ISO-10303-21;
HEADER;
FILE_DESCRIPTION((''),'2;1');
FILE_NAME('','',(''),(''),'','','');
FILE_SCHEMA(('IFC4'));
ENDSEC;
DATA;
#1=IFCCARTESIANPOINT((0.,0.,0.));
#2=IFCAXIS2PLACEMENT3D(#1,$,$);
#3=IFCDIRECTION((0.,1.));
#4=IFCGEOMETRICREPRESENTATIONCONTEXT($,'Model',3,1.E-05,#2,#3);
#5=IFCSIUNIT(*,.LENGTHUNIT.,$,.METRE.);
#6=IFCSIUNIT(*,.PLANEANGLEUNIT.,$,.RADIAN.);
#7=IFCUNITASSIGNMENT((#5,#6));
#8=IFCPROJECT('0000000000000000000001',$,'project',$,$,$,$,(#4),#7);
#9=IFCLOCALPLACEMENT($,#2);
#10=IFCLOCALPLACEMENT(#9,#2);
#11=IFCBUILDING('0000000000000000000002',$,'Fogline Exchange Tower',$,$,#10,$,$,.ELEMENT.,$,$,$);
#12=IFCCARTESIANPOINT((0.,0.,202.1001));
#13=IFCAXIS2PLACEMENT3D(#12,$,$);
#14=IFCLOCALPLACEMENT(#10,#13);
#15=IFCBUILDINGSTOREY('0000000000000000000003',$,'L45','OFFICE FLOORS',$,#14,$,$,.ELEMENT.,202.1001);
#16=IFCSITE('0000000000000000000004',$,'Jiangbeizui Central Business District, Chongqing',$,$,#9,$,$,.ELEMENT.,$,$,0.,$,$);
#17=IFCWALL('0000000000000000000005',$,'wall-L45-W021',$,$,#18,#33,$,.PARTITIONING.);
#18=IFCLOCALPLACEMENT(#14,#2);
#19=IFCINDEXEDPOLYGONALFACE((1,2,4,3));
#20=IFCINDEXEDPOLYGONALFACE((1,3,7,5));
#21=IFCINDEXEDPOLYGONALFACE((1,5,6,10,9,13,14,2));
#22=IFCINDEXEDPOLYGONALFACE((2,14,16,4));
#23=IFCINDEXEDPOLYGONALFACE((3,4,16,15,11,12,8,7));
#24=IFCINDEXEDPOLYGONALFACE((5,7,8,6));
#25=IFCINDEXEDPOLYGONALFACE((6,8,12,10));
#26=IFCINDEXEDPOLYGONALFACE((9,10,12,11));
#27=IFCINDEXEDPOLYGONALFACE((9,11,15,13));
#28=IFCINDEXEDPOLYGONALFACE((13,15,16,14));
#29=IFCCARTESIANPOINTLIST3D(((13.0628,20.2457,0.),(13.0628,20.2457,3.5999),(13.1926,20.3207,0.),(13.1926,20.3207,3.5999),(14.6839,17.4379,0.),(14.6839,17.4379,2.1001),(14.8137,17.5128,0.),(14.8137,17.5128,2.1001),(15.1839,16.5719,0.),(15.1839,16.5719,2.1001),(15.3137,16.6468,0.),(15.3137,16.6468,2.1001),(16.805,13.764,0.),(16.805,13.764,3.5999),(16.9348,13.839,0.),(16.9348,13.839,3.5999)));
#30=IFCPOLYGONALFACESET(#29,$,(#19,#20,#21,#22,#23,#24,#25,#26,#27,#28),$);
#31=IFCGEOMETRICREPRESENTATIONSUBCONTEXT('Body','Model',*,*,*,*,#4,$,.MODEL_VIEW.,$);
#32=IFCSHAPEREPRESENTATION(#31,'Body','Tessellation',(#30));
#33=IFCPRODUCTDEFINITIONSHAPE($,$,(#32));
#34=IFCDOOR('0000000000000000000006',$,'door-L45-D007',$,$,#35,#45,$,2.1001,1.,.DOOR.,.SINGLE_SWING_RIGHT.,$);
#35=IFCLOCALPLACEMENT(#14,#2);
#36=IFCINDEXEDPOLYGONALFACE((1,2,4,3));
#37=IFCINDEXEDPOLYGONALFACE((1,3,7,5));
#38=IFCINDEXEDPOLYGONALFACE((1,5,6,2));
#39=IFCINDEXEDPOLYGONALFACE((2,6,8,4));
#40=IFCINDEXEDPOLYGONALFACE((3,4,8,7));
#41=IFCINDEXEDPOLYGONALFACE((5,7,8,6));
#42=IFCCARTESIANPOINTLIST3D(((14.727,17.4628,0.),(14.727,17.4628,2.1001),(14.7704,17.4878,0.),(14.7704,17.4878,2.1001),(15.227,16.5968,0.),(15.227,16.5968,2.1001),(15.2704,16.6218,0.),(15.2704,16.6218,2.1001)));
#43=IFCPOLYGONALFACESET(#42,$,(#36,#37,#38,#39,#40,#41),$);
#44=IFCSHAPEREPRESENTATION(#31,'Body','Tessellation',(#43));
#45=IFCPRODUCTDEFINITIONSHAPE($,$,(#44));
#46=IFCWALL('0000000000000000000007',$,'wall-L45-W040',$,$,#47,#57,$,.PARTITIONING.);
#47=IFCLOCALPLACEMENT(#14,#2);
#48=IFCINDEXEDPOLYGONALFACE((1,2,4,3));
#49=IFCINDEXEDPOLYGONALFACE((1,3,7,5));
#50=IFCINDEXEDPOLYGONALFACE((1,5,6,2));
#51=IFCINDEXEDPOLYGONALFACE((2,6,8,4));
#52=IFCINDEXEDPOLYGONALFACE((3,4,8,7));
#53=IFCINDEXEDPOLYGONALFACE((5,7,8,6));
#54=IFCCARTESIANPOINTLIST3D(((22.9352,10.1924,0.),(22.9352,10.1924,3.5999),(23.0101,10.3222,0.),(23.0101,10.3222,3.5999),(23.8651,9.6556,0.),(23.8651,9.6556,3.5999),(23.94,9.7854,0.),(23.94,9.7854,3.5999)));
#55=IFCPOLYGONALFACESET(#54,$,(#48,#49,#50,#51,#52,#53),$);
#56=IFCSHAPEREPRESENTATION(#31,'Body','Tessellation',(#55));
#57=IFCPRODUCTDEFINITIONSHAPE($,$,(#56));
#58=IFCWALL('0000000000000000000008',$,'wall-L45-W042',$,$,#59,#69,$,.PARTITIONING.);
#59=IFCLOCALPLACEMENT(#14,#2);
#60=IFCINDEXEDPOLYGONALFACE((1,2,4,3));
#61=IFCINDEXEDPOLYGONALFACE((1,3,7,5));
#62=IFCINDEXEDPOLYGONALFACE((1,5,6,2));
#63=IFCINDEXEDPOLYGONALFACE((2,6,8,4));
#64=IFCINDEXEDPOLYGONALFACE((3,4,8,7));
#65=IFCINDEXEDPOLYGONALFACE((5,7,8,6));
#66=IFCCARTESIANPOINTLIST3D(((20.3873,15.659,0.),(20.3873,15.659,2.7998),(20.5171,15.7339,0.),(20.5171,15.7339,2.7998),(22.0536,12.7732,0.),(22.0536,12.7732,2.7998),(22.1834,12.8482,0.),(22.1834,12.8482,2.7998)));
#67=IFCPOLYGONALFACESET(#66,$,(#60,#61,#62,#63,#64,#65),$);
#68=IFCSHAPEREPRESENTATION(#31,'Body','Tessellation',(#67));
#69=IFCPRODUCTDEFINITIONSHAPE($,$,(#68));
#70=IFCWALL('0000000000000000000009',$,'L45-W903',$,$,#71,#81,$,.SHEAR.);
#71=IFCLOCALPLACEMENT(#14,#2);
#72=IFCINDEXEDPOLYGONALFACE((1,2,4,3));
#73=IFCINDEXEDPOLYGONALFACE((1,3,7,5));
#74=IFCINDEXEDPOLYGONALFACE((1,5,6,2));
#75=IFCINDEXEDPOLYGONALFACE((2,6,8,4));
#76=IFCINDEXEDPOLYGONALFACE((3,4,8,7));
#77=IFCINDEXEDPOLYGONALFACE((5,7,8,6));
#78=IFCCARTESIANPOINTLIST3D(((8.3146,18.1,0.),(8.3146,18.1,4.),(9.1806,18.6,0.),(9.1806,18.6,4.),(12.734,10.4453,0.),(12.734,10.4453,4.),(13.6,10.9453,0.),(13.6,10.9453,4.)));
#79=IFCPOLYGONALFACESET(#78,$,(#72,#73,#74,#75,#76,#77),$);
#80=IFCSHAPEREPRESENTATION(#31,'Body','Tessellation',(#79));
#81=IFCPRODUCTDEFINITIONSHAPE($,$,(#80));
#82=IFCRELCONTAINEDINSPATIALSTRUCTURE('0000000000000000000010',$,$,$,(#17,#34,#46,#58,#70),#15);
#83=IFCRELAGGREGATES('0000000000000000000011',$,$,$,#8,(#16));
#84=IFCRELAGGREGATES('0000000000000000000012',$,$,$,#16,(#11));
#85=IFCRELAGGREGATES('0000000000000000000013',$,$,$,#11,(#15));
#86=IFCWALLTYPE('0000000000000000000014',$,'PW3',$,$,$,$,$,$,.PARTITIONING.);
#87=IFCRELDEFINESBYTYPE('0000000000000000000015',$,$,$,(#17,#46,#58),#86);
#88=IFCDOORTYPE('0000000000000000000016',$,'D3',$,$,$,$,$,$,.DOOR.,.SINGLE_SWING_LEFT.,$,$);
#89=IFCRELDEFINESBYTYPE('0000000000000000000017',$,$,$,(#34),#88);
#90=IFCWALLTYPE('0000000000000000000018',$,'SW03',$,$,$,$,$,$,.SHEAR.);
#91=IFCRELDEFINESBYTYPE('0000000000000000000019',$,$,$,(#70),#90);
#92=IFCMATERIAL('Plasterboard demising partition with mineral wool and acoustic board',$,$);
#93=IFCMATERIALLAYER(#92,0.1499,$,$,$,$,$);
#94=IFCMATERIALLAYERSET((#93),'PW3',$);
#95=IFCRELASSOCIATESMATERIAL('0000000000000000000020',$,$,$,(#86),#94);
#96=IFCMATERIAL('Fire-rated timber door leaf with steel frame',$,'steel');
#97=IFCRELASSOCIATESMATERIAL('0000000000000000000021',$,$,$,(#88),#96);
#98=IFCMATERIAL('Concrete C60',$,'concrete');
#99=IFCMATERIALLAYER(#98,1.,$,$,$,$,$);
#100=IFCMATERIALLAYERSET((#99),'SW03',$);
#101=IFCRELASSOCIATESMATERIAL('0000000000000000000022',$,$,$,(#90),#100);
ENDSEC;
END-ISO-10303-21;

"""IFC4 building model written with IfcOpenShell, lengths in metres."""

from ifc_helpers import new_model, si_unit, direction, frame, frame_2d, origin, place, context, subcontext, project, spatial, rectangle, extrude, material, layer, layer_set, type_object, element, fill, save


model = new_model("IFC4")

# Units and contexts
model_context = context("Model", 3, precision=1e-05, world=origin(), true_north=direction((0.0, 1.0)))
body_context = subcontext(model_context, "Body", "Model", "MODEL_VIEW")
ifc_project = project(units=[si_unit("LENGTHUNIT", "METRE"), si_unit("PLANEANGLEUNIT", "RADIAN")], contexts=[model_context])

# Site, building, storey
site_placement = place(None, origin())
site = spatial("IfcSite", under=ifc_project, at=site_placement, Name="Jiangbeizui Central Business District, Chongqing", CompositionType="ELEMENT", RefElevation=0.0)
building_placement = place(site_placement, origin())
building = spatial("IfcBuilding", under=site, at=building_placement, Name="Fogline Exchange Tower", CompositionType="ELEMENT")
storey_placement = place(building_placement, frame((0.0, 0.0, 202.1001)))
storey = spatial("IfcBuildingStorey", under=building, at=storey_placement, Name="L45", Description="OFFICE FLOORS", CompositionType="ELEMENT", Elevation=202.1001)

# Shared definitions
ifc_material_1 = material(Name="Concrete C60", Category="concrete")

# Shared definitions
ifc_material_2 = material(Name="Plasterboard demising partition with mineral wool and acoustic board")
ifc_layer_1 = layer(ifc_material_2, 0.1499)
ifc_layer_set_1 = layer_set([ifc_layer_1], Name="PW3")
wall_type_1 = type_object("IfcWallType", Name="PW3", PredefinedType="PARTITIONING", material=ifc_layer_set_1)

# Wall, opening, door
wall_1_placement = place(storey_placement, frame((16.8699, 13.8015, 0.0), z_axis=(0.0, 0.0, 1.0), x_axis=(-0.499998, 0.866026, 0.0)))
wall_1 = element("IfcWall", 1, at=wall_1_placement, inside=storey, type_object=wall_type_1, Name="wall-L45-W021", PredefinedType="PARTITIONING", context=body_context, shape_type="SweptSolid", body=[
    extrude(rectangle(XDim=7.4844, YDim=0.1499, at=frame_2d((3.7422, 0.0))), origin(), (0.0, 0.0, 1.0), 3.5999),
])
opening_1_placement = place(wall_1_placement, frame((3.2422, 0.0, 0.0)))
opening_1 = element("IfcOpeningElement", 2, at=opening_1_placement, cuts=wall_1, PredefinedType="OPENING", context=body_context, shape_type="SweptSolid", body=[
    extrude(rectangle(XDim=1.0, YDim=2.1001, at=frame_2d((0.5, 1.05))), frame((0.0, 0.085, 0.0), z_axis=(0.0, -1.0, 0.0), x_axis=(1.0, 0.0, 0.0)), (0.0, 0.0, 1.0), 0.1699),
])
ifc_material_3 = material(Name="Fire-rated timber door leaf with steel frame", Category="steel")
door_type_1 = type_object("IfcDoorType", Name="D3", OperationType="SINGLE_SWING_LEFT", PredefinedType="DOOR", material=ifc_material_3)
door_1_placement = place(opening_1_placement, frame((1.0, 0.0, 0.0), z_axis=(0.0, 0.0, 1.0), x_axis=(-1.0, 0.0, 0.0)))
door_1 = element("IfcDoor", 3, at=door_1_placement, inside=storey, type_object=door_type_1, Name="door-L45-D007", OperationType="SINGLE_SWING_RIGHT", OverallHeight=2.1001, OverallWidth=1.0, PredefinedType="DOOR", context=body_context, shape_type="SweptSolid", body=[
    extrude(rectangle(XDim=1.0, YDim=2.1001, at=frame_2d((0.5, 1.05))), frame((0.0, 0.0249, 0.0), z_axis=(0.0, -1.0, 0.0), x_axis=(1.0, 0.0, 0.0)), (0.0, 0.0, 1.0), 0.05),
])
fill(opening_1, door_1)

# Walls
wall_2_placement = place(storey_placement, frame((22.9727, 10.2573, 0.0), z_axis=(0.0, 0.0, 1.0), x_axis=(0.866038, -0.499978, 0.0)))
element("IfcWall", 4, at=wall_2_placement, inside=storey, type_object=wall_type_1, Name="wall-L45-W040", PredefinedType="PARTITIONING", context=body_context, shape_type="SweptSolid", body=[
    extrude(rectangle(XDim=1.0737, YDim=0.1499, at=frame_2d((0.5369, 0.0))), origin(), (0.0, 0.0, 1.0), 3.5999),
])
wall_3_placement = place(storey_placement, frame((22.1184, 12.8108, 0.0), z_axis=(0.0, 0.0, 1.0), x_axis=(-0.50004, 0.866003, 0.0)))
element("IfcWall", 5, at=wall_3_placement, inside=storey, type_object=wall_type_1, Name="wall-L45-W042", PredefinedType="PARTITIONING", context=body_context, shape_type="SweptSolid", body=[
    extrude(rectangle(XDim=3.3323, YDim=0.1499, at=frame_2d((1.666, 0.0))), origin(), (0.0, 0.0, 1.0), 2.7998),
])
ifc_layer_2 = layer(ifc_material_1, 1.0)
ifc_layer_set_2 = layer_set([ifc_layer_2], Name="SW03")
wall_type_2 = type_object("IfcWallType", Name="SW03", PredefinedType="SHEAR", material=ifc_layer_set_2)
wall_4_placement = place(storey_placement, frame((13.167, 10.6953, 0.0), z_axis=(0.0, 0.0, 1.0), x_axis=(-0.499995, 0.866028, 0.0)))
element("IfcWall", 6, at=wall_4_placement, inside=storey, type_object=wall_type_2, Name="L45-W903", PredefinedType="SHEAR", context=body_context, shape_type="SweptSolid", body=[
    extrude(rectangle(XDim=8.8389, YDim=1.0, at=frame_2d((4.4194, 0.0))), origin(), (0.0, 0.0, 1.0), 4.0),
])

save(model, "model.ifc")
